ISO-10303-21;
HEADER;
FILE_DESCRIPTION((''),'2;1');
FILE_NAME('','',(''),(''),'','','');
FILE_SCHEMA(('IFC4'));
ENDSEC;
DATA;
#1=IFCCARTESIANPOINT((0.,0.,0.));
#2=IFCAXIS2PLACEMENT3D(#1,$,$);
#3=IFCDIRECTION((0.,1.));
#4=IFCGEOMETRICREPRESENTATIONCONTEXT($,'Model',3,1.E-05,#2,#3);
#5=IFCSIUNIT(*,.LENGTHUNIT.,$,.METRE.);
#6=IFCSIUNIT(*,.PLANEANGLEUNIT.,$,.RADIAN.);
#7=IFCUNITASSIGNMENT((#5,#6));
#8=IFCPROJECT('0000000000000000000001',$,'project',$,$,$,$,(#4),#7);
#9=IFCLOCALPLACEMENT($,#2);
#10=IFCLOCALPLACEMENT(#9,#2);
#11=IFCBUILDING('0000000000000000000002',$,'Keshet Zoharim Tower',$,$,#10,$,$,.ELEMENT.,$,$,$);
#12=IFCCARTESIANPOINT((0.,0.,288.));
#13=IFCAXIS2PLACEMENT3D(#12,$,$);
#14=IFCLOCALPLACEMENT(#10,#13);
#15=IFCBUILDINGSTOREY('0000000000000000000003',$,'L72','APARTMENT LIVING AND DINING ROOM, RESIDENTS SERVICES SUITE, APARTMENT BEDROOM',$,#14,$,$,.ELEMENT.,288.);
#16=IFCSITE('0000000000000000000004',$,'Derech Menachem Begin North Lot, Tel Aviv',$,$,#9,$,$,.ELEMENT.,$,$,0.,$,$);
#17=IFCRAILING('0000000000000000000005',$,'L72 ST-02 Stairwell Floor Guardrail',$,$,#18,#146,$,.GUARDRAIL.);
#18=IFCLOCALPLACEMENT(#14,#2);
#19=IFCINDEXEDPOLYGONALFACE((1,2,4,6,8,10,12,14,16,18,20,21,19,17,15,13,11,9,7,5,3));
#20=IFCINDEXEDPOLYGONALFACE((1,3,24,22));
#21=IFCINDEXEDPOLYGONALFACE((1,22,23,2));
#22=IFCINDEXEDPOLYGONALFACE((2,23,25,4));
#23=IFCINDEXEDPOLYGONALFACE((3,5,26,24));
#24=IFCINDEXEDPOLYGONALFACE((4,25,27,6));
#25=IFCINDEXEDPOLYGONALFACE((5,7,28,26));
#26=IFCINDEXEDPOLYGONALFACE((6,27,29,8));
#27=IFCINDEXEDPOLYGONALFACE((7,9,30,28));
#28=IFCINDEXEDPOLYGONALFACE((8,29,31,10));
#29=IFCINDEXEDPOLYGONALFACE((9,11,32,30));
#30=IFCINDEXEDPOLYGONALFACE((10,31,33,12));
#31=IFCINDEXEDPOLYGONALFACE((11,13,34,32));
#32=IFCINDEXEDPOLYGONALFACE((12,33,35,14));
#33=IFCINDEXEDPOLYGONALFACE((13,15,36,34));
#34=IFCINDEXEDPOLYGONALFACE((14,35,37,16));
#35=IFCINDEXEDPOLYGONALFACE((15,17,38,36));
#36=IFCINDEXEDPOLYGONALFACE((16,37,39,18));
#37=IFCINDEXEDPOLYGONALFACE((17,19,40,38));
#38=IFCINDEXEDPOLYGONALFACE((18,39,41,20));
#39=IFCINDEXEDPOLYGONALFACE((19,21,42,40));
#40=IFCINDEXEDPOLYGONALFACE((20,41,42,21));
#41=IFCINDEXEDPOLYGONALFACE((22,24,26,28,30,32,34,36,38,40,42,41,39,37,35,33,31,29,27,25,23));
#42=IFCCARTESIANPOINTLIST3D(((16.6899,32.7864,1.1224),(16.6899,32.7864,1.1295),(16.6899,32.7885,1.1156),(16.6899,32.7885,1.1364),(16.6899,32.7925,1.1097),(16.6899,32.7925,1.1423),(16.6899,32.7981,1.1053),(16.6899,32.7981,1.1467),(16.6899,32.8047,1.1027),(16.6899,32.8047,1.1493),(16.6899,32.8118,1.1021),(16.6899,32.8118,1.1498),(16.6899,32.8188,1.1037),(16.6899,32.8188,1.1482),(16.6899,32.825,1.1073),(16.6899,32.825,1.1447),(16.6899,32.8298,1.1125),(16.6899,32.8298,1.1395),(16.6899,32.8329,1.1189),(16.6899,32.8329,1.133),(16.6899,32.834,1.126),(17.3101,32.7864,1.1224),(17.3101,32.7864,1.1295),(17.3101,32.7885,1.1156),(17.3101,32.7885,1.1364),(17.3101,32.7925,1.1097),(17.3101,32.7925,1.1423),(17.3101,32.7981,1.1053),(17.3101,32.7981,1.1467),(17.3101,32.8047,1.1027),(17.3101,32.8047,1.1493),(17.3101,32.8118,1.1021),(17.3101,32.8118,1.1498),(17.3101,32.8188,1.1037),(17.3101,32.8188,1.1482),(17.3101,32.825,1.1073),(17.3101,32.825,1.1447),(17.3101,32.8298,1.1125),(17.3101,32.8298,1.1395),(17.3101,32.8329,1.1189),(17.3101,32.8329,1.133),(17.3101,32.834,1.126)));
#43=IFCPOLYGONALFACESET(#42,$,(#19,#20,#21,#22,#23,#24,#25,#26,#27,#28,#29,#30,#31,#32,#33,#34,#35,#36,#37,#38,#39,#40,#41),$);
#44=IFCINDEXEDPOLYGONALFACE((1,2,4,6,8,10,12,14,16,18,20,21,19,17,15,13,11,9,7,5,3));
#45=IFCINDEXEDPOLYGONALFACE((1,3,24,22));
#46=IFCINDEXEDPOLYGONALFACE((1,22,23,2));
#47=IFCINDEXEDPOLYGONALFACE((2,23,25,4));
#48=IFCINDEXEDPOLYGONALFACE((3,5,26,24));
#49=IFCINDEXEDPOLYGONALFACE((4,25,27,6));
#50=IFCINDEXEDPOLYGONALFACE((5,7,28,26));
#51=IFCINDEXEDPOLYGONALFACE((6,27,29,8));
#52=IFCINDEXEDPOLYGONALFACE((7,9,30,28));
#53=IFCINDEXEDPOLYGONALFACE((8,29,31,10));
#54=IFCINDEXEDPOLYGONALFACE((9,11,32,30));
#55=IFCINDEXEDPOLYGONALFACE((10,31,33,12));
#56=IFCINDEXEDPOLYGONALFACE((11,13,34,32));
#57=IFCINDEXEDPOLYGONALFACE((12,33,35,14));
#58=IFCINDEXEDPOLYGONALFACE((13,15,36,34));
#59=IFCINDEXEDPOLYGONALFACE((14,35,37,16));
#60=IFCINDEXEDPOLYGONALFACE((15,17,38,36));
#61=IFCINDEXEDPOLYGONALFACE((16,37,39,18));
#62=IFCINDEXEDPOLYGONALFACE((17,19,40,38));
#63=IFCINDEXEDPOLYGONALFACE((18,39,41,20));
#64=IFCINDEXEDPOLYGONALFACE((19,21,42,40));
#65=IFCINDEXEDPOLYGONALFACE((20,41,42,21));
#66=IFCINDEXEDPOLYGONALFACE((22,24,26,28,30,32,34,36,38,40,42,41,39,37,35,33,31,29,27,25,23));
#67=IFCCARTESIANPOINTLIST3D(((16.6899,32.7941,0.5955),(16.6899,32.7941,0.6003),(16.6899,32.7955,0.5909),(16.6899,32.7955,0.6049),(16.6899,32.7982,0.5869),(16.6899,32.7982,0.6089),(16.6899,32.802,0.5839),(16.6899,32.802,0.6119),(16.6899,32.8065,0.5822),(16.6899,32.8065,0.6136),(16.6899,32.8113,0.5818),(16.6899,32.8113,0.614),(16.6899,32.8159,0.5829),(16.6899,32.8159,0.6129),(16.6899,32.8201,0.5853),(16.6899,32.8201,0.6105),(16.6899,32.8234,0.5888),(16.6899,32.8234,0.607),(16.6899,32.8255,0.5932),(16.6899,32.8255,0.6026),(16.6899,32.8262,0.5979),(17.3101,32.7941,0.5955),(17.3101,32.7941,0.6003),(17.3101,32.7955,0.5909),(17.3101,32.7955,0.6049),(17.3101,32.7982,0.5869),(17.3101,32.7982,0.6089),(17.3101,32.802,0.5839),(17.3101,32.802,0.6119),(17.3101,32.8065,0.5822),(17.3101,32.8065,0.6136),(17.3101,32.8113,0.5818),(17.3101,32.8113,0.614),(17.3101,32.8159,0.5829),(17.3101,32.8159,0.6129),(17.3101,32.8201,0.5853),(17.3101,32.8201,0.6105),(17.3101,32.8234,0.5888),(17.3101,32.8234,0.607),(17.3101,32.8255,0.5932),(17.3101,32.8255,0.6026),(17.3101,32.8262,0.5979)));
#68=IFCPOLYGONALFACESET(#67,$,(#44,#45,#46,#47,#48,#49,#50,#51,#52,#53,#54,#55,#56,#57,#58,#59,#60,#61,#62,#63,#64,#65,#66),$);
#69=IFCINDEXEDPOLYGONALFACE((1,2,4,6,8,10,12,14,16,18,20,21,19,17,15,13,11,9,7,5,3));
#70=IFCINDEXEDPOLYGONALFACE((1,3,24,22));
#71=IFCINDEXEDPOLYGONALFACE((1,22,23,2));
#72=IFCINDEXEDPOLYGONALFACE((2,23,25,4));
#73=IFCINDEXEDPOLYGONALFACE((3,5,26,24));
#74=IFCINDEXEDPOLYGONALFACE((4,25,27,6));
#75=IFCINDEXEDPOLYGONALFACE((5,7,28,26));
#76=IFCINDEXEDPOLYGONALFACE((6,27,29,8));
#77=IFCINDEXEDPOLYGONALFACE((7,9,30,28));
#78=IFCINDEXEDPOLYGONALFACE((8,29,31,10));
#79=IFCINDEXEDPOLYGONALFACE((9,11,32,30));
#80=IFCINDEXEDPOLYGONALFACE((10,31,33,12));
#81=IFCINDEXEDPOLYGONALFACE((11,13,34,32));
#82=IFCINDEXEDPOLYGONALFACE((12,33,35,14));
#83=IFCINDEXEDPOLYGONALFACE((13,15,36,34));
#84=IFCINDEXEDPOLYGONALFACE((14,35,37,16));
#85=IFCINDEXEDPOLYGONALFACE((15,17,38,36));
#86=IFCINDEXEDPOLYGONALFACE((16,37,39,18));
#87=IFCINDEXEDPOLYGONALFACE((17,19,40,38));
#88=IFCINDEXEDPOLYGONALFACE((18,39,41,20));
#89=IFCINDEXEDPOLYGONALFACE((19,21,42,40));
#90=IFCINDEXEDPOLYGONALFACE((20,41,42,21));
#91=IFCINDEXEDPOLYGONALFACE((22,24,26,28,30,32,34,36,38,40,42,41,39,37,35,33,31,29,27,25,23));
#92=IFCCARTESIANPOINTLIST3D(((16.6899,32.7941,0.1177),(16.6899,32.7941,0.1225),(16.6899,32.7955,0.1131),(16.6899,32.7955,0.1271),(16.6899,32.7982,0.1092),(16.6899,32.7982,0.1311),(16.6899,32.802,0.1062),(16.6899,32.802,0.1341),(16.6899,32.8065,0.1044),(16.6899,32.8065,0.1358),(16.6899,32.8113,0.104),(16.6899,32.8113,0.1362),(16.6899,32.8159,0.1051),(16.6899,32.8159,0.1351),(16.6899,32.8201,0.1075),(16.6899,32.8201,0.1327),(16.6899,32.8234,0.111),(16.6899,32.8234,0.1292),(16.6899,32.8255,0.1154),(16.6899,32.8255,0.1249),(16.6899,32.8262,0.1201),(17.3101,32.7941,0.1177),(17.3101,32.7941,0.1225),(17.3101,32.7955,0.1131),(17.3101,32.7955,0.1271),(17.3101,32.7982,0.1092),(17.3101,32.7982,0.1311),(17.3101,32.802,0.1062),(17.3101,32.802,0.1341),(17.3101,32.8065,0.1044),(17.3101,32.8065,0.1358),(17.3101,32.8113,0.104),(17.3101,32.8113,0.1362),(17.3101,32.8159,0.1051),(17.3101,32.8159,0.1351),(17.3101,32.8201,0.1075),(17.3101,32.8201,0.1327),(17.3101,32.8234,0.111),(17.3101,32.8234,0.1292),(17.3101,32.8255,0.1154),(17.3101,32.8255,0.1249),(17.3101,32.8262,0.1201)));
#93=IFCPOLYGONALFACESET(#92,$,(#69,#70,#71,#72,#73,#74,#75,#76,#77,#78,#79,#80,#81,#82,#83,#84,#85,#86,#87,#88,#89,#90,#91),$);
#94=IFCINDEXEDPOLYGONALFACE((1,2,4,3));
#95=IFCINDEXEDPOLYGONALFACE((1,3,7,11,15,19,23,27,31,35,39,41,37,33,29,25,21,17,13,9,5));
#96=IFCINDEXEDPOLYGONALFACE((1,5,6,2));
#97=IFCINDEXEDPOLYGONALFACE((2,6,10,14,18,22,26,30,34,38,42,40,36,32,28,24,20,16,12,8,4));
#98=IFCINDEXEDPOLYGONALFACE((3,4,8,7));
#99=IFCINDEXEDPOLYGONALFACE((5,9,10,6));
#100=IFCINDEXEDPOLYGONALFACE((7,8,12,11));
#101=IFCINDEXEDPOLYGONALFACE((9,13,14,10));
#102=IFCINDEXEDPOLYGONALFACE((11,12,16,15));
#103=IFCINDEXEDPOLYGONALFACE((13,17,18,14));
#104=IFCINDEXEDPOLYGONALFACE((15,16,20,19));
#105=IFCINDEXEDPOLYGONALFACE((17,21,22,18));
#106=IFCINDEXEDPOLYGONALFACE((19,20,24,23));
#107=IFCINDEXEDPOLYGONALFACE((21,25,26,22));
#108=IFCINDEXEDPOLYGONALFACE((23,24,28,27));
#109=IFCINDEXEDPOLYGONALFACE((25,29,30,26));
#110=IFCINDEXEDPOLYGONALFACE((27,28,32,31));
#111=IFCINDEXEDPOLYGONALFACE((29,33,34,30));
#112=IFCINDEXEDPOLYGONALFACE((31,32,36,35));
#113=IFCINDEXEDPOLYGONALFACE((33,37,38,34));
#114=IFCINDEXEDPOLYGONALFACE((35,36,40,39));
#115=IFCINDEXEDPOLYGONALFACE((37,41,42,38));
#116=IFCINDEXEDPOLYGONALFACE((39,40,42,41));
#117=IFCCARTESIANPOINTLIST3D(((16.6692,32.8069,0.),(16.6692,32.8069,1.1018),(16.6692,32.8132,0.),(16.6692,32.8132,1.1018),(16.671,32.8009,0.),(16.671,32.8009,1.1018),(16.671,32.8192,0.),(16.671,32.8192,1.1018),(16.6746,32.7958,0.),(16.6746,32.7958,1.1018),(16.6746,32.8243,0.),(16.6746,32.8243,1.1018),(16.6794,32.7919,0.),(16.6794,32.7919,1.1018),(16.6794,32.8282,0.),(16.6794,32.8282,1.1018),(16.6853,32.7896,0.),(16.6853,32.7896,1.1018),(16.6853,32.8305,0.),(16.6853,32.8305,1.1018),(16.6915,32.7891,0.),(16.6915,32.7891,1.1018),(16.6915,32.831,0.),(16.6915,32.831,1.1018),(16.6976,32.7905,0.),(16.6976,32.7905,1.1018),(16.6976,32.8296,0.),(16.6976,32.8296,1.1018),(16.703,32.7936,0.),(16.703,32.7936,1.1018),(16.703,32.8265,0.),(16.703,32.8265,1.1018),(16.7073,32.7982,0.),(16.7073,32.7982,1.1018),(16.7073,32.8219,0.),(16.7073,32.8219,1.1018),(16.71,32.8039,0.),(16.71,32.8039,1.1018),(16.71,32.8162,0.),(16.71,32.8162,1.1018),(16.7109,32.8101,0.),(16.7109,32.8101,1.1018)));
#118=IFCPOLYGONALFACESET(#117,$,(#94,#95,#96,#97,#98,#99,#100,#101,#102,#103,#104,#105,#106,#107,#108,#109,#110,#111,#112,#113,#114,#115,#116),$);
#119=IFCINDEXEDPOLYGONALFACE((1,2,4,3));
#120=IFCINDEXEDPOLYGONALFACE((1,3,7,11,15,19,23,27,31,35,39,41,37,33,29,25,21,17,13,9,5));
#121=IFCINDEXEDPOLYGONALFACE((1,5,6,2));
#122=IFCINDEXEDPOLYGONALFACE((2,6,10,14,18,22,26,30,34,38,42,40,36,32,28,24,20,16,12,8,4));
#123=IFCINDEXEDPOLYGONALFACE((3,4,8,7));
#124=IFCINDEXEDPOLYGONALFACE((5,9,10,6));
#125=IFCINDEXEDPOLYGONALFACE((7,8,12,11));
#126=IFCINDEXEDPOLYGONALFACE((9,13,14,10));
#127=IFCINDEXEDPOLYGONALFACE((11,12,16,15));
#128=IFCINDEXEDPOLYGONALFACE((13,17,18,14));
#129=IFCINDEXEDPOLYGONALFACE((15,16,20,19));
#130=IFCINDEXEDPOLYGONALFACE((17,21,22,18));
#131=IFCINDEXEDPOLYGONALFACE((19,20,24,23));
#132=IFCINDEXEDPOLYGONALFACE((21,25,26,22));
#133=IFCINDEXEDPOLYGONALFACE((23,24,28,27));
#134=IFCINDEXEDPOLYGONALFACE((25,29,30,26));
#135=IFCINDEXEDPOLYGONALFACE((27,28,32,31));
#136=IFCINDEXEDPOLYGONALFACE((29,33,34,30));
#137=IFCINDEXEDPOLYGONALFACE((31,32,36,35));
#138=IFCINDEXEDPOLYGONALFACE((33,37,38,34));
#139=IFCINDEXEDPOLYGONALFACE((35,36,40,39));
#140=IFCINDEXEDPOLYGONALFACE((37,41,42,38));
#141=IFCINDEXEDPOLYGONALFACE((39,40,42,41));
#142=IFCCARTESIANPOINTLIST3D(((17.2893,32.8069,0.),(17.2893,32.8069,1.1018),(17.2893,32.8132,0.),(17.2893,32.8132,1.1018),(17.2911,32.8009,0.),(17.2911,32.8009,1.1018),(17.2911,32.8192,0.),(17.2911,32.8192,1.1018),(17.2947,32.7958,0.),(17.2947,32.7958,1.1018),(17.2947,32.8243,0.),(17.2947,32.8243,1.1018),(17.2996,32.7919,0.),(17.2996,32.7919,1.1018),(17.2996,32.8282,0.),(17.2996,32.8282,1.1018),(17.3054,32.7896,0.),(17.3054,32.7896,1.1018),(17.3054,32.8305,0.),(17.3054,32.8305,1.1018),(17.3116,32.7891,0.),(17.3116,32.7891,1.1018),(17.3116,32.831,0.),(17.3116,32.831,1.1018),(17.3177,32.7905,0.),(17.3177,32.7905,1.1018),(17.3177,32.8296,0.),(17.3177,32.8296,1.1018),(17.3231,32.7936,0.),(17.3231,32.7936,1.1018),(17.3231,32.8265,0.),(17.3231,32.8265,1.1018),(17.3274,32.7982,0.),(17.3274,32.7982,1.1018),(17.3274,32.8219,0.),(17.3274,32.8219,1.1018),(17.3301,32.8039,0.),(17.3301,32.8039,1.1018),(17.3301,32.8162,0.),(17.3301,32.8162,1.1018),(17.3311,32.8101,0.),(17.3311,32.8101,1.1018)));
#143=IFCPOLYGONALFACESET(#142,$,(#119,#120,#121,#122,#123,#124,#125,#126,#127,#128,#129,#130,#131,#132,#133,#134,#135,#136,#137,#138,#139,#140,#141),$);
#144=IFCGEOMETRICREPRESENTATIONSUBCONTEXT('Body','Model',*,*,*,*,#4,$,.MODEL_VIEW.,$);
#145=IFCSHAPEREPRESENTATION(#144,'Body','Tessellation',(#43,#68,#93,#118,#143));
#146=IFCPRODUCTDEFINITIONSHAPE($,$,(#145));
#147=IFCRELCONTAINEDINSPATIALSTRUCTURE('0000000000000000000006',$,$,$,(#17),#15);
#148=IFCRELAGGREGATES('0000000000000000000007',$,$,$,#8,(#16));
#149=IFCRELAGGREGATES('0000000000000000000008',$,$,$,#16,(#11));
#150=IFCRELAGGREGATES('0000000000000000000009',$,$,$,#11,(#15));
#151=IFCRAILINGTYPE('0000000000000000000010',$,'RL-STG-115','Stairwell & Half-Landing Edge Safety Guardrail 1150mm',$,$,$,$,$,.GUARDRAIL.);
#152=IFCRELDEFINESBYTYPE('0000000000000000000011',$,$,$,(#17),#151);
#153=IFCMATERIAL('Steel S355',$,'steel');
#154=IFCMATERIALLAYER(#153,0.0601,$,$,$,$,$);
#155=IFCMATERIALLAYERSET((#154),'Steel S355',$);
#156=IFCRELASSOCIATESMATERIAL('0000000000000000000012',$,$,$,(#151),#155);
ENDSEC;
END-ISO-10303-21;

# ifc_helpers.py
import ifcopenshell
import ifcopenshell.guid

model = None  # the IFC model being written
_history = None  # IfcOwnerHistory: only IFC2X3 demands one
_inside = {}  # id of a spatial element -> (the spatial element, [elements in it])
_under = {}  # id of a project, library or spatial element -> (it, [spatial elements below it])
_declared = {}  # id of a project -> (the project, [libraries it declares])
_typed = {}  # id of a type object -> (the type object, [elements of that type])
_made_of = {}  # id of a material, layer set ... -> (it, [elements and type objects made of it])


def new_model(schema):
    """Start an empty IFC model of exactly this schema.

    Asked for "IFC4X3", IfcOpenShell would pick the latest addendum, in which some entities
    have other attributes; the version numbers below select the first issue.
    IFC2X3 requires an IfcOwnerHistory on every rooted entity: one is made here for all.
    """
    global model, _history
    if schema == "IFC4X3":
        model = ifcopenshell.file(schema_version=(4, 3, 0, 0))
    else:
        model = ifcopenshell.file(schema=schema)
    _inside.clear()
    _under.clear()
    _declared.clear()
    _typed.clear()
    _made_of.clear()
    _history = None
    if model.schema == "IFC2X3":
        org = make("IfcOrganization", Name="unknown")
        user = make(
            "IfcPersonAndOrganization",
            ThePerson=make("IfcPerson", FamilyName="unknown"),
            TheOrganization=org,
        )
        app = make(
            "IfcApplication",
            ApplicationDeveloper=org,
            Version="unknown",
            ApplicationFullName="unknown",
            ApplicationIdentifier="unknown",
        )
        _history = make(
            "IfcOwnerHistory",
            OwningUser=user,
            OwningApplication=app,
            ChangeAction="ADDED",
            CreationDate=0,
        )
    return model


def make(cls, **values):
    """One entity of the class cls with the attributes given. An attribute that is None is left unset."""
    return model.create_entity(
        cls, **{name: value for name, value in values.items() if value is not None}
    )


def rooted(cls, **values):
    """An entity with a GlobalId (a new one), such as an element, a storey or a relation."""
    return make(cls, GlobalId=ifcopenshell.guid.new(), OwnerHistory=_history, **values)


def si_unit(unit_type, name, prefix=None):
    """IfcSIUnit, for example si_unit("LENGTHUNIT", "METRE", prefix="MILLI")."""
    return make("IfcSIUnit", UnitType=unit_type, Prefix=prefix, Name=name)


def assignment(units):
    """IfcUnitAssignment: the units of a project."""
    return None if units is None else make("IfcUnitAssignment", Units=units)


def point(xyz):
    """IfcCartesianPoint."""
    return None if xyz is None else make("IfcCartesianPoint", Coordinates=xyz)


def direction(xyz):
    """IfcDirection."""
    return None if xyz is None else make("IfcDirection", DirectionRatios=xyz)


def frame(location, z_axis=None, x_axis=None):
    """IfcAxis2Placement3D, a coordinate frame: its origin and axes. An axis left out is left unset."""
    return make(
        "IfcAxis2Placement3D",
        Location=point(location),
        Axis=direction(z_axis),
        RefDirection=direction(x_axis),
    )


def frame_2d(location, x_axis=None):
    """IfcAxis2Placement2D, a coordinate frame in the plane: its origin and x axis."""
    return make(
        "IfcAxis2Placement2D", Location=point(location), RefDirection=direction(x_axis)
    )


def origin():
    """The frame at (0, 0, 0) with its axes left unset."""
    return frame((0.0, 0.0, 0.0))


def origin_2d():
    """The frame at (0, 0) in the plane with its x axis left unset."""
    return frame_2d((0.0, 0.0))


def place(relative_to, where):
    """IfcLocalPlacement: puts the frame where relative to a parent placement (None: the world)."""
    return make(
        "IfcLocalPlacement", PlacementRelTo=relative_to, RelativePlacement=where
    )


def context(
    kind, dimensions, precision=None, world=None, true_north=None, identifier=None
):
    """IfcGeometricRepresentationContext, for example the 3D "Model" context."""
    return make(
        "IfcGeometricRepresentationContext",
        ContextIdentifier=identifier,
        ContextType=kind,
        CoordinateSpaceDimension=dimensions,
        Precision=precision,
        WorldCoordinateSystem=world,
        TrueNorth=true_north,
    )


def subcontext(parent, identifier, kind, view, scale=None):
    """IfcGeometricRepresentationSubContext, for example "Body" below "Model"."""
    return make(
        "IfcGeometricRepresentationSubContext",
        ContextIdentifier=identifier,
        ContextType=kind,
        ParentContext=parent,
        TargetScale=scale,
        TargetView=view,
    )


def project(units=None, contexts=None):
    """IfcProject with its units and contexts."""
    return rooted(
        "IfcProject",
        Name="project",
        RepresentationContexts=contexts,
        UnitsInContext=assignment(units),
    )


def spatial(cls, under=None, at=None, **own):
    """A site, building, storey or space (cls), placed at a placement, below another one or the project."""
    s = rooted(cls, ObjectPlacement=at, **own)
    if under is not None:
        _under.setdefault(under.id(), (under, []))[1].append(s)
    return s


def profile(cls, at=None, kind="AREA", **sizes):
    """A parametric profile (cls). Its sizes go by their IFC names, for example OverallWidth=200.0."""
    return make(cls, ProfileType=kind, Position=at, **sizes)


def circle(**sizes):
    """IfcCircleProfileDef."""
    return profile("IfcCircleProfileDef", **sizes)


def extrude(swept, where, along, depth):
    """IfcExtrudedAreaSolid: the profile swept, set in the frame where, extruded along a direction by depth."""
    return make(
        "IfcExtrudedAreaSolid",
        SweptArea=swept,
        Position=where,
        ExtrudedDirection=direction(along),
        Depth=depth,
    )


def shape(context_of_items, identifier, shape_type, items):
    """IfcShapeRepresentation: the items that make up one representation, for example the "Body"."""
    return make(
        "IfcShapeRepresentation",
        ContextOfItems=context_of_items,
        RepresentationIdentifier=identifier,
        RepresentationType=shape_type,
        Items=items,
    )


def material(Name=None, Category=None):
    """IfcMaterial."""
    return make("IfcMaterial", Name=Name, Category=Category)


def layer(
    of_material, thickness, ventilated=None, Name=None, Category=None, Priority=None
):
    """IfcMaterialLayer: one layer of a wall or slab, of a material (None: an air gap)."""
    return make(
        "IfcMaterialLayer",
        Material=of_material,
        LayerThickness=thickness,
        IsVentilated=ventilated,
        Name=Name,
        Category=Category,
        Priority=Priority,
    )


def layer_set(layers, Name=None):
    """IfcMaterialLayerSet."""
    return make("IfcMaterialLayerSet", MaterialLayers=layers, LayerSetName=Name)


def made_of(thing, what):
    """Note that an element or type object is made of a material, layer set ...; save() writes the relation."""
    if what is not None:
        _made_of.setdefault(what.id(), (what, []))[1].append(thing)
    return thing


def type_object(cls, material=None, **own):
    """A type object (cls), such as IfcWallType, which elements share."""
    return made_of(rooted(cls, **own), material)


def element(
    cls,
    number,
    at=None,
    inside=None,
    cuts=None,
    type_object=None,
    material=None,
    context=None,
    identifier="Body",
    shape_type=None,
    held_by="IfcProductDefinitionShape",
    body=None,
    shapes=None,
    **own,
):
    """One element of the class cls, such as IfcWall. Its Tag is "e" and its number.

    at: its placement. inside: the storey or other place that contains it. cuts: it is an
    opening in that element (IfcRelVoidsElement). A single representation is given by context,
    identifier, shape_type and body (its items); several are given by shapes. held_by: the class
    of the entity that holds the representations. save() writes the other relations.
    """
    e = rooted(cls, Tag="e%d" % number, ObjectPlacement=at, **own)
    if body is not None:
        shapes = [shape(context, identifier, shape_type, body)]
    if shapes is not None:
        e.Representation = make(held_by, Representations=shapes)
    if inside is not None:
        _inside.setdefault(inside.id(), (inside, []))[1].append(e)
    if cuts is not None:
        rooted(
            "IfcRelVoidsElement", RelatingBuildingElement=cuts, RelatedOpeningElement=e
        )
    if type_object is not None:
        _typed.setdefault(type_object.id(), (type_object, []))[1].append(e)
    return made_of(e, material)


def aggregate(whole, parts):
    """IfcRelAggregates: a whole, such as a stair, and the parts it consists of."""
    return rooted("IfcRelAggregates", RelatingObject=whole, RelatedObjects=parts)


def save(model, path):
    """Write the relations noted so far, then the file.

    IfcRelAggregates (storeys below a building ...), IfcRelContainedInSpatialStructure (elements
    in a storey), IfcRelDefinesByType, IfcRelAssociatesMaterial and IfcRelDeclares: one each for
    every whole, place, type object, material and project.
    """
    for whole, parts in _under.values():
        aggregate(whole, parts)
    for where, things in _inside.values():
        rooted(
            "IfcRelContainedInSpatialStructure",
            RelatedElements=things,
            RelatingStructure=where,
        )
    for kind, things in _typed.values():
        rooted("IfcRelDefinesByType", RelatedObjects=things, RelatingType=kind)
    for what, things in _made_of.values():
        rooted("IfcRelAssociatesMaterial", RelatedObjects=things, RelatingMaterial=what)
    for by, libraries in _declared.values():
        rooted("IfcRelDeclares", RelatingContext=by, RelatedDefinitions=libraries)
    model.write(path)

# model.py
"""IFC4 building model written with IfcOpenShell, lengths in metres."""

from ifc_helpers import new_model, si_unit, direction, frame, origin, origin_2d, place, context, subcontext, project, spatial, circle, extrude, material, layer, layer_set, type_object, element, save


model = new_model("IFC4")

# Units and contexts
model_context = context("Model", 3, precision=1e-05, world=origin(), true_north=direction((0.0, 1.0)))
body_context = subcontext(model_context, "Body", "Model", "MODEL_VIEW")
ifc_project = project(units=[si_unit("LENGTHUNIT", "METRE"), si_unit("PLANEANGLEUNIT", "RADIAN")], contexts=[model_context])

# Site, building, storey
site_placement = place(None, origin())
site = spatial("IfcSite", under=ifc_project, at=site_placement, Name="Derech Menachem Begin North Lot, Tel Aviv", CompositionType="ELEMENT", RefElevation=0.0)
building_placement = place(site_placement, origin())
building = spatial("IfcBuilding", under=site, at=building_placement, Name="Keshet Zoharim Tower", CompositionType="ELEMENT")
storey_placement = place(building_placement, frame((0.0, 0.0, 288.0)))
storey = spatial("IfcBuildingStorey", under=building, at=storey_placement, Name="L72", Description="APARTMENT LIVING AND DINING ROOM, RESIDENTS SERVICES SUITE, APARTMENT BEDROOM", CompositionType="ELEMENT", Elevation=288.0)

# Shared definitions
ifc_material_1 = material(Name="Steel S355", Category="steel")

# Railing
ifc_layer_1 = layer(ifc_material_1, 0.0601)
ifc_layer_set_1 = layer_set([ifc_layer_1], Name="Steel S355")
railing_type_1 = type_object("IfcRailingType", Name="RL-STG-115", Description="Stairwell & Half-Landing Edge Safety Guardrail 1150mm", PredefinedType="GUARDRAIL", material=ifc_layer_set_1)
railing_1_placement = place(storey_placement, frame((16.6899, 32.8101, 0.0)))
element("IfcRailing", 1, at=railing_1_placement, inside=storey, type_object=railing_type_1, Name="L72 ST-02 Stairwell Floor Guardrail", PredefinedType="GUARDRAIL", context=body_context, shape_type="SweptSolid", body=[
    extrude(circle(Radius=0.0239, at=origin_2d()), frame((0.0, 0.0, 1.126), z_axis=(1.0, 0.0, 0.0), x_axis=(0.0, 1.0, 0.0)), (0.0, 0.0, 1.0), 0.6201),
    extrude(circle(Radius=0.0161, at=origin_2d()), frame((0.0, 0.0, 0.5979), z_axis=(1.0, 0.0, 0.0), x_axis=(0.0, 1.0, 0.0)), (0.0, 0.0, 1.0), 0.6201),
    extrude(circle(Radius=0.0161, at=origin_2d()), frame((0.0, 0.0, 0.1201), z_axis=(1.0, 0.0, 0.0), x_axis=(0.0, 1.0, 0.0)), (0.0, 0.0, 1.0), 0.6201),
    extrude(circle(Radius=0.021, at=origin_2d()), origin(), (0.0, 0.0, 1.0), 1.1018),
    extrude(circle(Radius=0.021, at=origin_2d()), frame((0.6201, 0.0, 0.0)), (0.0, 0.0, 1.0), 1.1018),
])

save(model, "model.ifc")
